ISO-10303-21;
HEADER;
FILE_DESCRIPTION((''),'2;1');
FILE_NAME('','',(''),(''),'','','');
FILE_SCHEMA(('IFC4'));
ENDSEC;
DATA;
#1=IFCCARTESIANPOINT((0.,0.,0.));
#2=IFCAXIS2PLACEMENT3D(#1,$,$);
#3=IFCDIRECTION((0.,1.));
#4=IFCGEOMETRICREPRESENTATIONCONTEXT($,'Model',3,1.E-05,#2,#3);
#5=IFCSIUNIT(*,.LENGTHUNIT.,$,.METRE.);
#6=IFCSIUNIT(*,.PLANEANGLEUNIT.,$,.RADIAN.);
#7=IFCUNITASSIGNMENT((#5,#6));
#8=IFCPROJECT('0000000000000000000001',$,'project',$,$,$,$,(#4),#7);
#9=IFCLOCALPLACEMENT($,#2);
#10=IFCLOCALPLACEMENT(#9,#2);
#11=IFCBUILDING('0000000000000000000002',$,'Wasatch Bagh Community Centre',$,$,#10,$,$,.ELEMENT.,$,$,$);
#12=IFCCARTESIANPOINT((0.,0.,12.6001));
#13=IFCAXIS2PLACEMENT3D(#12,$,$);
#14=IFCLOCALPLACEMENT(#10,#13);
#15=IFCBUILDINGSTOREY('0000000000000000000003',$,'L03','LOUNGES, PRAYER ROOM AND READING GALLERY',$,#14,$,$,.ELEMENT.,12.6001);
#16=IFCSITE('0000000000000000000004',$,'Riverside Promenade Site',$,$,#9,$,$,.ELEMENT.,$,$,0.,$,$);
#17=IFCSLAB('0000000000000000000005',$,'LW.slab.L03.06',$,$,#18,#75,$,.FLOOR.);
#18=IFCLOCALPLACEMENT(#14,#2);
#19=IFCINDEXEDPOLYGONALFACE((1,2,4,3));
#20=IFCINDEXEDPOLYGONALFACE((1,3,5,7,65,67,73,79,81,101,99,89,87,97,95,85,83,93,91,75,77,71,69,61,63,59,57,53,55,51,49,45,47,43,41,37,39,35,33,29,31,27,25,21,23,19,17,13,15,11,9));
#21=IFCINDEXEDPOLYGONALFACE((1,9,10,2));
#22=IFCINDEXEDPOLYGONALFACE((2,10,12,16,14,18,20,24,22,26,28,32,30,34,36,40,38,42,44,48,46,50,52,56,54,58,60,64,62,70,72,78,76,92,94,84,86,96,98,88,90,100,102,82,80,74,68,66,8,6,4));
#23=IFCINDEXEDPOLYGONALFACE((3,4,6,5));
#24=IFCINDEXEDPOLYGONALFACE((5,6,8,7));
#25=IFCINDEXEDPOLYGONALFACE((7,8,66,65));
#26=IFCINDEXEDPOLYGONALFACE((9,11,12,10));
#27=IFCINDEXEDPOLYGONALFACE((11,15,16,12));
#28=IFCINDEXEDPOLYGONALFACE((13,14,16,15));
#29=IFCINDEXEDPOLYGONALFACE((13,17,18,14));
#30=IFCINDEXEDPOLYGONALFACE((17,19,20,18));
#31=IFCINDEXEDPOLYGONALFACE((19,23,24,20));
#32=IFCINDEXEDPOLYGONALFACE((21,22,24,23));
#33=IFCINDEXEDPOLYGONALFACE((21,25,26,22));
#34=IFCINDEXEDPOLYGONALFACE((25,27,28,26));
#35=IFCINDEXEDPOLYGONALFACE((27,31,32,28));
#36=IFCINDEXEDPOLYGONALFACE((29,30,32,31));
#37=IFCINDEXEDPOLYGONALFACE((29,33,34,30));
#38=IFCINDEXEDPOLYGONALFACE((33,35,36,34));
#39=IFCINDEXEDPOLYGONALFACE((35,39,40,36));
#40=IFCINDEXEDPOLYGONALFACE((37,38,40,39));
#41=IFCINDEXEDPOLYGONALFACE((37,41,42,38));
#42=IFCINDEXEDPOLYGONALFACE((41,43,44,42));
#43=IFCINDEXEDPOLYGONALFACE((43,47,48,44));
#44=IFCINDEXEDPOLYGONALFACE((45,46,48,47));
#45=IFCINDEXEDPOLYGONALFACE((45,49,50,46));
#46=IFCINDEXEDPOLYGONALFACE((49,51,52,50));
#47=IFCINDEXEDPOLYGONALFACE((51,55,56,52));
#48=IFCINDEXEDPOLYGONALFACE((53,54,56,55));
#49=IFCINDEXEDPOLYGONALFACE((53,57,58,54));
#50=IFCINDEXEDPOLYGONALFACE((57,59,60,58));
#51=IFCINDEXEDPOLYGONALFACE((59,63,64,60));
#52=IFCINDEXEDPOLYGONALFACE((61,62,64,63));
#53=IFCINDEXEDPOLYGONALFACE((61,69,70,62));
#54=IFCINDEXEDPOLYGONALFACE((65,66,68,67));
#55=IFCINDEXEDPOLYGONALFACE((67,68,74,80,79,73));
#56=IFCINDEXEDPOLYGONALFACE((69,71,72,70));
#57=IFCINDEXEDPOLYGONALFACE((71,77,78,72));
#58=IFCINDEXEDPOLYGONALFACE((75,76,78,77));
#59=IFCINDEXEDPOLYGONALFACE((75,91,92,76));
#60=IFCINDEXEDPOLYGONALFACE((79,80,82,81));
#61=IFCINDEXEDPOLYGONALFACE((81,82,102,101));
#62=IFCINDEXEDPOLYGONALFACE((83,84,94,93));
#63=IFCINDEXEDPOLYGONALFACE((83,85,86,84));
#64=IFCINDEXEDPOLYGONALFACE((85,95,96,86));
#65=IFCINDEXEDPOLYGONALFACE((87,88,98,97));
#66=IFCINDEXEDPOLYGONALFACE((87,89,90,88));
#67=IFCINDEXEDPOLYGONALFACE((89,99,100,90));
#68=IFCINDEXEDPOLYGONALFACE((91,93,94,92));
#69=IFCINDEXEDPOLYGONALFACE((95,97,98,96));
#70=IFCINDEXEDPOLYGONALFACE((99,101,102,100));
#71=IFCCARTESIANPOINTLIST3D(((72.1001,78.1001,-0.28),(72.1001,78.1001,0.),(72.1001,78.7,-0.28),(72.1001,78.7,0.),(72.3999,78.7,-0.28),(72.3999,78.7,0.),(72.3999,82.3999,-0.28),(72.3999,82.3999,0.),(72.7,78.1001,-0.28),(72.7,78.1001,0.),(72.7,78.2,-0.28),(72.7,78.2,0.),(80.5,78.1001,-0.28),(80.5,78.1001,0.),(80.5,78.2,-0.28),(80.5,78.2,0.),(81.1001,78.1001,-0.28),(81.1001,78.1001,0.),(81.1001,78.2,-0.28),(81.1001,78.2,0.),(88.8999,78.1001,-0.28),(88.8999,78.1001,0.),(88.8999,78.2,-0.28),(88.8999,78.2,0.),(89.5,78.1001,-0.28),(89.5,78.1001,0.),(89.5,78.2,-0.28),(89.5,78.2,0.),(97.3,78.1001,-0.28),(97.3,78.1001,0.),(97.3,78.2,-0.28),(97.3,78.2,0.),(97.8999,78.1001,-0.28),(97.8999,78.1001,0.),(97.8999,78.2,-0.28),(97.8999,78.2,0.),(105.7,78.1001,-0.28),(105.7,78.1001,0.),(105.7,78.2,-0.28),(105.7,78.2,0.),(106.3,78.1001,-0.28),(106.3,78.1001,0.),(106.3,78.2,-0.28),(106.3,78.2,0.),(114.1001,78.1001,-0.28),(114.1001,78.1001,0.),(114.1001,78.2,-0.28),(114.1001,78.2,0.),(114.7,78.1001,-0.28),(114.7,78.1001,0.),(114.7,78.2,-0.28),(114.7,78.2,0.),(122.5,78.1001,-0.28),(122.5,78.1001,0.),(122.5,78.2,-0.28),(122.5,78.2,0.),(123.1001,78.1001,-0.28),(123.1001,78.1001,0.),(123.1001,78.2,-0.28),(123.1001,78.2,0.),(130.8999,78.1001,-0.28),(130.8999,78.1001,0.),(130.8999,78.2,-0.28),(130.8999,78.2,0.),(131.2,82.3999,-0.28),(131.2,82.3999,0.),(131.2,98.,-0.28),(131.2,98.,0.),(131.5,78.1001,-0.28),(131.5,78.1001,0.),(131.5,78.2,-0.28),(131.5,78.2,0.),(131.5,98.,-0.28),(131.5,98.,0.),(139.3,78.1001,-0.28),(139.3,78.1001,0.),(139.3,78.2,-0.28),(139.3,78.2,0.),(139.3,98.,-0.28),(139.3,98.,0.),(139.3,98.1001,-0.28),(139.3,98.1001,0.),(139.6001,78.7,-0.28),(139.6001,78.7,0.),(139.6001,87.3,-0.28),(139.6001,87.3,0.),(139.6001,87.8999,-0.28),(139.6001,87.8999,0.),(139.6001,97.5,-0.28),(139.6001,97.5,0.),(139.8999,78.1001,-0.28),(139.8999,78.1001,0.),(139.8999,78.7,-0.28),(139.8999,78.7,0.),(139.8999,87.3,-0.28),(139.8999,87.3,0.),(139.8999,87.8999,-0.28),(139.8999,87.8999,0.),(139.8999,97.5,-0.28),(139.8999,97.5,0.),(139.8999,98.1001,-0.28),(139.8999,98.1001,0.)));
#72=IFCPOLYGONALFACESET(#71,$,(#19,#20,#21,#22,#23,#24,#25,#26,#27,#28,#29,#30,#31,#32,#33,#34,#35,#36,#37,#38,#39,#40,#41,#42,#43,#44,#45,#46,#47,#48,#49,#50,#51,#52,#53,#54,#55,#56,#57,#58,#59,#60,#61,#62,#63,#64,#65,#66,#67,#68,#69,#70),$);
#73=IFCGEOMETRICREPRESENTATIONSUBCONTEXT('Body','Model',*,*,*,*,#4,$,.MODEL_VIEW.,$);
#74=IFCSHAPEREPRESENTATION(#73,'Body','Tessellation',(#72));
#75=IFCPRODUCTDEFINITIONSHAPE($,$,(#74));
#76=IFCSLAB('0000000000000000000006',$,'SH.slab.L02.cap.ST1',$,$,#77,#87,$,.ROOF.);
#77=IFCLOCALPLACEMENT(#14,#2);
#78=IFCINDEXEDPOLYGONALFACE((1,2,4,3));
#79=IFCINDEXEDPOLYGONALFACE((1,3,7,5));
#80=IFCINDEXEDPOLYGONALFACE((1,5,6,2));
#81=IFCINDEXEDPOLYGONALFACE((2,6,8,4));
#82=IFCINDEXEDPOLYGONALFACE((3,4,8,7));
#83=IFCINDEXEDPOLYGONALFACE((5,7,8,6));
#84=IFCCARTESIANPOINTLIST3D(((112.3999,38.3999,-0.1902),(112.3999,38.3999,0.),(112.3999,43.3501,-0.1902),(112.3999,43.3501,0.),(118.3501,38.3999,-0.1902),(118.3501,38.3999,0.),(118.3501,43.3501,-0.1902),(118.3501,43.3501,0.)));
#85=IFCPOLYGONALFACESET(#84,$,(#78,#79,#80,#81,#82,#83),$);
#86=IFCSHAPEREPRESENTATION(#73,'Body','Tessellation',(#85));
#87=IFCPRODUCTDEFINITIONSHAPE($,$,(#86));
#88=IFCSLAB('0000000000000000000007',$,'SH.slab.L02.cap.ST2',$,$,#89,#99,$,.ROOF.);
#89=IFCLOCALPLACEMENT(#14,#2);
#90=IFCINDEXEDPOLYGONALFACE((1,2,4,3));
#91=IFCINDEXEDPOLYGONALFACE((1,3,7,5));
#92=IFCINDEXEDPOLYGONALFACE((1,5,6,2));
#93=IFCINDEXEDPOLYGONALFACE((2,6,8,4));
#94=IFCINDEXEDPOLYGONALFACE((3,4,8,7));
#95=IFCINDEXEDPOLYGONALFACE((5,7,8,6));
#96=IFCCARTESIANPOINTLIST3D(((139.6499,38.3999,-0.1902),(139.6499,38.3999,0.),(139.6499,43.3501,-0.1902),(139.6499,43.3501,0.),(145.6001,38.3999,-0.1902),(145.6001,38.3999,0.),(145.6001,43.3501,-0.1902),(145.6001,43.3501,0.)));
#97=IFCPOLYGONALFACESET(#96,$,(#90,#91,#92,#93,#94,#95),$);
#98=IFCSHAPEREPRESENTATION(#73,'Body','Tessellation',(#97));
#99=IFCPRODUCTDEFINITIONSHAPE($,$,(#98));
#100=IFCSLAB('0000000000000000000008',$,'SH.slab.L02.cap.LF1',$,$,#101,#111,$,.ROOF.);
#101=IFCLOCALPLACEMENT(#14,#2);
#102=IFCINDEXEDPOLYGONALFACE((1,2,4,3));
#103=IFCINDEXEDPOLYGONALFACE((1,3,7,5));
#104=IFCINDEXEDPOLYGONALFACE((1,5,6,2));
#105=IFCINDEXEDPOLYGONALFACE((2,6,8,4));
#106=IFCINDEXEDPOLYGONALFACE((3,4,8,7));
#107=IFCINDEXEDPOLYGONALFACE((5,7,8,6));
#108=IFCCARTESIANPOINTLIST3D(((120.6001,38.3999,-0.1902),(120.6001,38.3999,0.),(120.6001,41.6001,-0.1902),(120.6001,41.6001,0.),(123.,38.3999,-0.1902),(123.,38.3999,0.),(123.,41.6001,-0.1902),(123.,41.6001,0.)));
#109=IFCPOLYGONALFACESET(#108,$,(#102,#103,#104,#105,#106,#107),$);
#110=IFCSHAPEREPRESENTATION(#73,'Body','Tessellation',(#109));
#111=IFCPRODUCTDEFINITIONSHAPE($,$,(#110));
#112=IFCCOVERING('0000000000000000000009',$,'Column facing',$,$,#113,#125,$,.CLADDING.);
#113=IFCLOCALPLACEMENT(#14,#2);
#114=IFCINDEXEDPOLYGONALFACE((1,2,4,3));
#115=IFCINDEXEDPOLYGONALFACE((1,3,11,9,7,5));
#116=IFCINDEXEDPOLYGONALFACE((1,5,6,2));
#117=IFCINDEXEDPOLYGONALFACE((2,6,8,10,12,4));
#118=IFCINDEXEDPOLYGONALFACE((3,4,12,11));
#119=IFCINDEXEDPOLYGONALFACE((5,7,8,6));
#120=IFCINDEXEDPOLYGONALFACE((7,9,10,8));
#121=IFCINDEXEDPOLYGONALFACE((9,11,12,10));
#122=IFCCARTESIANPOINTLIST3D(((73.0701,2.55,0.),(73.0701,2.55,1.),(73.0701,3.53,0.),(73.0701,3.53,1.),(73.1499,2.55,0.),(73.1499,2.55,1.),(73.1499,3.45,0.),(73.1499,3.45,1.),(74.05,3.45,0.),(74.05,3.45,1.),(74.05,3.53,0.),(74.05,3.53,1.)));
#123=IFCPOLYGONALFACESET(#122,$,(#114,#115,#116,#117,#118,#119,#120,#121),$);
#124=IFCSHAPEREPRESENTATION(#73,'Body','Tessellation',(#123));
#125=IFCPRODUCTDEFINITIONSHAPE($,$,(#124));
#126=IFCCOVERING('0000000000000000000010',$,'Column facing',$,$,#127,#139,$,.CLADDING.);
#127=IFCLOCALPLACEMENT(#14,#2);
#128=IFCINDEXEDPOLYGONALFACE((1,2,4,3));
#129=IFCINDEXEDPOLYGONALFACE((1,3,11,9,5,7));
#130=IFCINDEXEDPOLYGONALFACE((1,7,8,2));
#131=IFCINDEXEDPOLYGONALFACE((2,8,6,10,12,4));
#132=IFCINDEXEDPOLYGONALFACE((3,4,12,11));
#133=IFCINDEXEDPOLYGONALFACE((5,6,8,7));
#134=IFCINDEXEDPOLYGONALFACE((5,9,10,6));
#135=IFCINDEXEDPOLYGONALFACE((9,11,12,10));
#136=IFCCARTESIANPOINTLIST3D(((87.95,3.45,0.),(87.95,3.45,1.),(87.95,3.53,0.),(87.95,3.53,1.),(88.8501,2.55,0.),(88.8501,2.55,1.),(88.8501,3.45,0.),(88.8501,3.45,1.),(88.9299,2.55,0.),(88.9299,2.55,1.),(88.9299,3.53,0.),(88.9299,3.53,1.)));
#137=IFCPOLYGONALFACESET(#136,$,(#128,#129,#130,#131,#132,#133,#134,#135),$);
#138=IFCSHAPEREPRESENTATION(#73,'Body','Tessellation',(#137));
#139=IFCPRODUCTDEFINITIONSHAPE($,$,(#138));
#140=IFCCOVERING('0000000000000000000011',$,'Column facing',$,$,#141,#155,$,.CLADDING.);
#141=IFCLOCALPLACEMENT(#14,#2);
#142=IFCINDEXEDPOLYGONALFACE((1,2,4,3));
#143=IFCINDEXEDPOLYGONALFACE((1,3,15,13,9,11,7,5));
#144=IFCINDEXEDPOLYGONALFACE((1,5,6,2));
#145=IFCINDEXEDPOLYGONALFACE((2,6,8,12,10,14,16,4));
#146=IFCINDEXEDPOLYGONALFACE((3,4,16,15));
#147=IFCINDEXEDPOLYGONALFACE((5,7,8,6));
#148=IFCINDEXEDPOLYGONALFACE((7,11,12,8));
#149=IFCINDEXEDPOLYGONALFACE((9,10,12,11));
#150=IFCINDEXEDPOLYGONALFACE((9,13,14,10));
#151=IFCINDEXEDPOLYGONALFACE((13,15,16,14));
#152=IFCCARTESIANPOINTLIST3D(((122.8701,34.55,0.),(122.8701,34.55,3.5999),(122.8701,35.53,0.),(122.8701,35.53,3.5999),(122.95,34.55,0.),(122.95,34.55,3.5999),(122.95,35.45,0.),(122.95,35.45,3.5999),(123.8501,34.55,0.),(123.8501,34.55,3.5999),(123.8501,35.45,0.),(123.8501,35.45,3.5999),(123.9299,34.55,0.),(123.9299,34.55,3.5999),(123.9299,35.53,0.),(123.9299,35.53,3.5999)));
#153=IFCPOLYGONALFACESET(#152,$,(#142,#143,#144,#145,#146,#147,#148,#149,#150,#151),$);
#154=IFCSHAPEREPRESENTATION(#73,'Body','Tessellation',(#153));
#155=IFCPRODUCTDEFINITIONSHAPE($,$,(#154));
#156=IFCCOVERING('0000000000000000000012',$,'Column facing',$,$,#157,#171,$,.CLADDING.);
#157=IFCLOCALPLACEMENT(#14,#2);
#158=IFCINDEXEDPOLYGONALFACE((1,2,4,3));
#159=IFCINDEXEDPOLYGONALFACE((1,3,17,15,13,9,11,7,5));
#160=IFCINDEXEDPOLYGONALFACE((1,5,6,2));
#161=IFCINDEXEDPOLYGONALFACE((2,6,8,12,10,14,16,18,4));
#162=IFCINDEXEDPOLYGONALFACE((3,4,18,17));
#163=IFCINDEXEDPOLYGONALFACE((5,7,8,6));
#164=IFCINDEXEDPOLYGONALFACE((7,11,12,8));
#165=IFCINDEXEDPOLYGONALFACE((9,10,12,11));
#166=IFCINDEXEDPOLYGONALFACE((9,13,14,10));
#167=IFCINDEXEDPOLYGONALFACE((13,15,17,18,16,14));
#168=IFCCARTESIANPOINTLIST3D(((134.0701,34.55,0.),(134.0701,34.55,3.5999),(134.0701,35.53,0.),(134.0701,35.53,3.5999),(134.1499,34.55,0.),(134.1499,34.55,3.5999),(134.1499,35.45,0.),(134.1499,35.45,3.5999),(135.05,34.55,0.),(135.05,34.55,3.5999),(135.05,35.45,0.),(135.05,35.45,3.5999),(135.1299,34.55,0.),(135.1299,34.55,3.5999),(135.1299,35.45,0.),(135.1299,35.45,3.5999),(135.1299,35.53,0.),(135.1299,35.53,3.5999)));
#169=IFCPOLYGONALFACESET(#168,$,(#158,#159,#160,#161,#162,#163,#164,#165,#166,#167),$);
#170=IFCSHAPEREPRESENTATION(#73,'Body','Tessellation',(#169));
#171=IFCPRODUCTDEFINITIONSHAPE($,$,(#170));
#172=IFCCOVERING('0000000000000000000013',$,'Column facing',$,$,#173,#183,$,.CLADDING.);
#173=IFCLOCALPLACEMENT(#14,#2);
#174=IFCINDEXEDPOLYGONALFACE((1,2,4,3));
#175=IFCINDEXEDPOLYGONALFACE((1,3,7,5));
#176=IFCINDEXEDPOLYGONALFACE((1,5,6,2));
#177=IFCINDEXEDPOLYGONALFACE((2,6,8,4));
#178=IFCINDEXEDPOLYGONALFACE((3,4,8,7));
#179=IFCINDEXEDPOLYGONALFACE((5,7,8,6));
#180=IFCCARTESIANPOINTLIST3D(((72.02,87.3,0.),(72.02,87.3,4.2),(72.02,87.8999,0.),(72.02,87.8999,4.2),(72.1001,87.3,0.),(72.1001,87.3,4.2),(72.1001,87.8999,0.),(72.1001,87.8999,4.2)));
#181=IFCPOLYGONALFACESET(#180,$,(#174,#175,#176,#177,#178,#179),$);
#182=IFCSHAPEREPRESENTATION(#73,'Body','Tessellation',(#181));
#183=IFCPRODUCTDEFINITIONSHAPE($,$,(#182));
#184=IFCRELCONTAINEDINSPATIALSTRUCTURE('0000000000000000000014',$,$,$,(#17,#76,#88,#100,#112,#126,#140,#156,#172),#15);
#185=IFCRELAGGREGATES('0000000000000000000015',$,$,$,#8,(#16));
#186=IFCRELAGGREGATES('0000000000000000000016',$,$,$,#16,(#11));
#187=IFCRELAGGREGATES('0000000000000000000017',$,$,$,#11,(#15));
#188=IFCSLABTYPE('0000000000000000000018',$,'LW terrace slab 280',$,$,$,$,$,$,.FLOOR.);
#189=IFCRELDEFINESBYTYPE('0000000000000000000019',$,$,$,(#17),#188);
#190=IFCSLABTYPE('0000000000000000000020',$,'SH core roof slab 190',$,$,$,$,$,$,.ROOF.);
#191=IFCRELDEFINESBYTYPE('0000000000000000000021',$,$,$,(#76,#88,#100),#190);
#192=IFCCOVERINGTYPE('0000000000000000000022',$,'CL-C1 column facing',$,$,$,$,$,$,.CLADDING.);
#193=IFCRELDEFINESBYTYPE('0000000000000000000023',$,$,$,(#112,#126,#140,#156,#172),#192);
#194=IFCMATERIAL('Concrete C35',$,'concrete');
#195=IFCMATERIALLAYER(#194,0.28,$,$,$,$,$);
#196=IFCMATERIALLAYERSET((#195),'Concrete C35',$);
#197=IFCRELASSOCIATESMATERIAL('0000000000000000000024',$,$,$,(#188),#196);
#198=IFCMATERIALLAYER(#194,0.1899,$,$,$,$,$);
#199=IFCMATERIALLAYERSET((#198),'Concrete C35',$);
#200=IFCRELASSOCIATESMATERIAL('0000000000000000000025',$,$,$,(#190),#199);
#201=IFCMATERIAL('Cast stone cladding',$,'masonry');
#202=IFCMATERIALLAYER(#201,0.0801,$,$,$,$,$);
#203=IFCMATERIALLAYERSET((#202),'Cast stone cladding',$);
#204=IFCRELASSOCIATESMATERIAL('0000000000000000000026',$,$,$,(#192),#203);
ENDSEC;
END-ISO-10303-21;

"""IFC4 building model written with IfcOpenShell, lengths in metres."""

from ifc_helpers import new_model, si_unit, direction, frame, origin, place, context, subcontext, project, spatial, polyline, outline, extrude, material, layer, layer_set, type_object, element, save


model = new_model("IFC4")

# Units and contexts
model_context = context("Model", 3, precision=1e-05, world=origin(), true_north=direction((0.0, 1.0)))
body_context = subcontext(model_context, "Body", "Model", "MODEL_VIEW")
ifc_project = project(units=[si_unit("LENGTHUNIT", "METRE"), si_unit("PLANEANGLEUNIT", "RADIAN")], contexts=[model_context])

# Site, building, storey
site_placement = place(None, origin())
site = spatial("IfcSite", under=ifc_project, at=site_placement, Name="Riverside Promenade Site", CompositionType="ELEMENT", RefElevation=0.0)
building_placement = place(site_placement, origin())
building = spatial("IfcBuilding", under=site, at=building_placement, Name="Wasatch Bagh Community Centre", CompositionType="ELEMENT")
storey_placement = place(building_placement, frame((0.0, 0.0, 12.6001)))
storey = spatial("IfcBuildingStorey", under=building, at=storey_placement, Name="L03", Description="LOUNGES, PRAYER ROOM AND READING GALLERY", CompositionType="ELEMENT", Elevation=12.6001)

# Slabs
ifc_material_1 = material(Name="Concrete C35", Category="concrete")
ifc_layer_1 = layer(ifc_material_1, 0.28)
ifc_layer_set_1 = layer_set([ifc_layer_1], Name="Concrete C35")
slab_type_1 = type_object("IfcSlabType", Name="LW terrace slab 280", PredefinedType="FLOOR", material=ifc_layer_set_1)
slab_1_placement = place(storey_placement, frame((0.0, 0.0, -0.28)))
element("IfcSlab", 1, at=slab_1_placement, inside=storey, type_object=slab_type_1, Name="LW.slab.L03.06", PredefinedType="FLOOR", context=body_context, shape_type="SweptSolid", body=[
    extrude(outline(polyline([(72.1001, 78.7), (72.3999, 78.7), (72.3999, 82.3999), (131.2, 82.3999), (131.2, 98.0), (131.5, 98.0), (139.3, 98.0), (139.3, 98.1001), (139.8999, 98.1001), (139.8999, 97.5), (139.6001, 97.5), (139.6001, 87.8999), (139.8999, 87.8999), (139.8999, 87.3), (139.6001, 87.3), (139.6001, 78.7), (139.8999, 78.7), (139.8999, 78.1001), (139.3, 78.1001), (139.3, 78.2), (131.5, 78.2), (131.5, 78.1001), (130.8999, 78.1001), (130.8999, 78.2), (123.1001, 78.2), (123.1001, 78.1001), (122.5, 78.1001), (122.5, 78.2), (114.7, 78.2), (114.7, 78.1001), (114.1001, 78.1001), (114.1001, 78.2), (106.3, 78.2), (106.3, 78.1001), (105.7, 78.1001), (105.7, 78.2), (97.8999, 78.2), (97.8999, 78.1001), (97.3, 78.1001), (97.3, 78.2), (89.5, 78.2), (89.5, 78.1001), (88.8999, 78.1001), (88.8999, 78.2), (81.1001, 78.2), (81.1001, 78.1001), (80.5, 78.1001), (80.5, 78.2), (72.7, 78.2), (72.7, 78.1001), (72.1001, 78.1001), (72.1001, 78.7)])), origin(), (0.0, 0.0, 1.0), 0.28),
])
ifc_layer_2 = layer(ifc_material_1, 0.1899)
ifc_layer_set_2 = layer_set([ifc_layer_2], Name="Concrete C35")
slab_type_2 = type_object("IfcSlabType", Name="SH core roof slab 190", PredefinedType="ROOF", material=ifc_layer_set_2)
slab_2_placement = place(storey_placement, frame((0.0, 0.0, -0.1902)))
element("IfcSlab", 2, at=slab_2_placement, inside=storey, type_object=slab_type_2, Name="SH.slab.L02.cap.ST1", PredefinedType="ROOF", context=body_context, shape_type="SweptSolid", body=[
    extrude(outline(polyline([(112.3999, 38.3999), (118.3501, 38.3999), (118.3501, 43.3501), (112.3999, 43.3501), (112.3999, 38.3999)])), origin(), (0.0, 0.0, 1.0), 0.1902),
])
slab_3_placement = place(storey_placement, frame((0.0, 0.0, -0.1902)))
element("IfcSlab", 3, at=slab_3_placement, inside=storey, type_object=slab_type_2, Name="SH.slab.L02.cap.ST2", PredefinedType="ROOF", context=body_context, shape_type="SweptSolid", body=[
    extrude(outline(polyline([(139.6499, 38.3999), (145.6001, 38.3999), (145.6001, 43.3501), (139.6499, 43.3501), (139.6499, 38.3999)])), origin(), (0.0, 0.0, 1.0), 0.1902),
])
slab_4_placement = place(storey_placement, frame((0.0, 0.0, -0.1902)))
element("IfcSlab", 4, at=slab_4_placement, inside=storey, type_object=slab_type_2, Name="SH.slab.L02.cap.LF1", PredefinedType="ROOF", context=body_context, shape_type="SweptSolid", body=[
    extrude(outline(polyline([(120.6001, 38.3999), (123.0, 38.3999), (123.0, 41.6001), (120.6001, 41.6001), (120.6001, 38.3999)])), origin(), (0.0, 0.0, 1.0), 0.1902),
])

# Coverings
ifc_material_2 = material(Name="Cast stone cladding", Category="masonry")
ifc_layer_3 = layer(ifc_material_2, 0.0801)
ifc_layer_set_3 = layer_set([ifc_layer_3], Name="Cast stone cladding")
covering_type = type_object("IfcCoveringType", Name="CL-C1 column facing", PredefinedType="CLADDING", material=ifc_layer_set_3)
covering_1_placement = place(storey_placement, origin())
element("IfcCovering", 5, at=covering_1_placement, inside=storey, type_object=covering_type, Name="Column facing", PredefinedType="CLADDING", context=body_context, shape_type="SweptSolid", body=[
    extrude(outline(polyline([(73.1499, 2.55), (73.0701, 2.55), (73.0701, 3.53), (74.05, 3.53), (74.05, 3.45), (73.1499, 3.45), (73.1499, 2.55)])), origin(), (0.0, 0.0, 1.0), 1.0),
])
covering_2_placement = place(storey_placement, origin())
element("IfcCovering", 6, at=covering_2_placement, inside=storey, type_object=covering_type, Name="Column facing", PredefinedType="CLADDING", context=body_context, shape_type="SweptSolid", body=[
    extrude(outline(polyline([(88.8501, 3.45), (87.95, 3.45), (87.95, 3.53), (88.9299, 3.53), (88.9299, 2.55), (88.8501, 2.55), (88.8501, 3.45)])), origin(), (0.0, 0.0, 1.0), 1.0),
])
covering_3_placement = place(storey_placement, origin())
element("IfcCovering", 7, at=covering_3_placement, inside=storey, type_object=covering_type, Name="Column facing", PredefinedType="CLADDING", context=body_context, shape_type="SweptSolid", body=[
    extrude(outline(polyline([(122.8701, 34.55), (122.8701, 35.53), (123.9299, 35.53), (123.9299, 34.55), (123.8501, 34.55), (123.8501, 35.45), (122.95, 35.45), (122.95, 34.55), (122.8701, 34.55)])), origin(), (0.0, 0.0, 1.0), 3.5999),
])
covering_4_placement = place(storey_placement, origin())
element("IfcCovering", 8, at=covering_4_placement, inside=storey, type_object=covering_type, Name="Column facing", PredefinedType="CLADDING", context=body_context, shape_type="SweptSolid", body=[
    extrude(outline(polyline([(134.0701, 34.55), (134.0701, 35.53), (135.1299, 35.53), (135.1299, 35.45), (135.1299, 34.55), (135.05, 34.55), (135.05, 35.45), (134.1499, 35.45), (134.1499, 34.55), (134.0701, 34.55)])), origin(), (0.0, 0.0, 1.0), 3.5999),
])
covering_5_placement = place(storey_placement, origin())
element("IfcCovering", 9, at=covering_5_placement, inside=storey, type_object=covering_type, Name="Column facing", PredefinedType="CLADDING", context=body_context, shape_type="SweptSolid", body=[
    extrude(outline(polyline([(72.1001, 87.8999), (72.1001, 87.3), (72.02, 87.3), (72.02, 87.8999), (72.1001, 87.8999)])), origin(), (0.0, 0.0, 1.0), 4.2),
])

save(model, "model.ifc")
